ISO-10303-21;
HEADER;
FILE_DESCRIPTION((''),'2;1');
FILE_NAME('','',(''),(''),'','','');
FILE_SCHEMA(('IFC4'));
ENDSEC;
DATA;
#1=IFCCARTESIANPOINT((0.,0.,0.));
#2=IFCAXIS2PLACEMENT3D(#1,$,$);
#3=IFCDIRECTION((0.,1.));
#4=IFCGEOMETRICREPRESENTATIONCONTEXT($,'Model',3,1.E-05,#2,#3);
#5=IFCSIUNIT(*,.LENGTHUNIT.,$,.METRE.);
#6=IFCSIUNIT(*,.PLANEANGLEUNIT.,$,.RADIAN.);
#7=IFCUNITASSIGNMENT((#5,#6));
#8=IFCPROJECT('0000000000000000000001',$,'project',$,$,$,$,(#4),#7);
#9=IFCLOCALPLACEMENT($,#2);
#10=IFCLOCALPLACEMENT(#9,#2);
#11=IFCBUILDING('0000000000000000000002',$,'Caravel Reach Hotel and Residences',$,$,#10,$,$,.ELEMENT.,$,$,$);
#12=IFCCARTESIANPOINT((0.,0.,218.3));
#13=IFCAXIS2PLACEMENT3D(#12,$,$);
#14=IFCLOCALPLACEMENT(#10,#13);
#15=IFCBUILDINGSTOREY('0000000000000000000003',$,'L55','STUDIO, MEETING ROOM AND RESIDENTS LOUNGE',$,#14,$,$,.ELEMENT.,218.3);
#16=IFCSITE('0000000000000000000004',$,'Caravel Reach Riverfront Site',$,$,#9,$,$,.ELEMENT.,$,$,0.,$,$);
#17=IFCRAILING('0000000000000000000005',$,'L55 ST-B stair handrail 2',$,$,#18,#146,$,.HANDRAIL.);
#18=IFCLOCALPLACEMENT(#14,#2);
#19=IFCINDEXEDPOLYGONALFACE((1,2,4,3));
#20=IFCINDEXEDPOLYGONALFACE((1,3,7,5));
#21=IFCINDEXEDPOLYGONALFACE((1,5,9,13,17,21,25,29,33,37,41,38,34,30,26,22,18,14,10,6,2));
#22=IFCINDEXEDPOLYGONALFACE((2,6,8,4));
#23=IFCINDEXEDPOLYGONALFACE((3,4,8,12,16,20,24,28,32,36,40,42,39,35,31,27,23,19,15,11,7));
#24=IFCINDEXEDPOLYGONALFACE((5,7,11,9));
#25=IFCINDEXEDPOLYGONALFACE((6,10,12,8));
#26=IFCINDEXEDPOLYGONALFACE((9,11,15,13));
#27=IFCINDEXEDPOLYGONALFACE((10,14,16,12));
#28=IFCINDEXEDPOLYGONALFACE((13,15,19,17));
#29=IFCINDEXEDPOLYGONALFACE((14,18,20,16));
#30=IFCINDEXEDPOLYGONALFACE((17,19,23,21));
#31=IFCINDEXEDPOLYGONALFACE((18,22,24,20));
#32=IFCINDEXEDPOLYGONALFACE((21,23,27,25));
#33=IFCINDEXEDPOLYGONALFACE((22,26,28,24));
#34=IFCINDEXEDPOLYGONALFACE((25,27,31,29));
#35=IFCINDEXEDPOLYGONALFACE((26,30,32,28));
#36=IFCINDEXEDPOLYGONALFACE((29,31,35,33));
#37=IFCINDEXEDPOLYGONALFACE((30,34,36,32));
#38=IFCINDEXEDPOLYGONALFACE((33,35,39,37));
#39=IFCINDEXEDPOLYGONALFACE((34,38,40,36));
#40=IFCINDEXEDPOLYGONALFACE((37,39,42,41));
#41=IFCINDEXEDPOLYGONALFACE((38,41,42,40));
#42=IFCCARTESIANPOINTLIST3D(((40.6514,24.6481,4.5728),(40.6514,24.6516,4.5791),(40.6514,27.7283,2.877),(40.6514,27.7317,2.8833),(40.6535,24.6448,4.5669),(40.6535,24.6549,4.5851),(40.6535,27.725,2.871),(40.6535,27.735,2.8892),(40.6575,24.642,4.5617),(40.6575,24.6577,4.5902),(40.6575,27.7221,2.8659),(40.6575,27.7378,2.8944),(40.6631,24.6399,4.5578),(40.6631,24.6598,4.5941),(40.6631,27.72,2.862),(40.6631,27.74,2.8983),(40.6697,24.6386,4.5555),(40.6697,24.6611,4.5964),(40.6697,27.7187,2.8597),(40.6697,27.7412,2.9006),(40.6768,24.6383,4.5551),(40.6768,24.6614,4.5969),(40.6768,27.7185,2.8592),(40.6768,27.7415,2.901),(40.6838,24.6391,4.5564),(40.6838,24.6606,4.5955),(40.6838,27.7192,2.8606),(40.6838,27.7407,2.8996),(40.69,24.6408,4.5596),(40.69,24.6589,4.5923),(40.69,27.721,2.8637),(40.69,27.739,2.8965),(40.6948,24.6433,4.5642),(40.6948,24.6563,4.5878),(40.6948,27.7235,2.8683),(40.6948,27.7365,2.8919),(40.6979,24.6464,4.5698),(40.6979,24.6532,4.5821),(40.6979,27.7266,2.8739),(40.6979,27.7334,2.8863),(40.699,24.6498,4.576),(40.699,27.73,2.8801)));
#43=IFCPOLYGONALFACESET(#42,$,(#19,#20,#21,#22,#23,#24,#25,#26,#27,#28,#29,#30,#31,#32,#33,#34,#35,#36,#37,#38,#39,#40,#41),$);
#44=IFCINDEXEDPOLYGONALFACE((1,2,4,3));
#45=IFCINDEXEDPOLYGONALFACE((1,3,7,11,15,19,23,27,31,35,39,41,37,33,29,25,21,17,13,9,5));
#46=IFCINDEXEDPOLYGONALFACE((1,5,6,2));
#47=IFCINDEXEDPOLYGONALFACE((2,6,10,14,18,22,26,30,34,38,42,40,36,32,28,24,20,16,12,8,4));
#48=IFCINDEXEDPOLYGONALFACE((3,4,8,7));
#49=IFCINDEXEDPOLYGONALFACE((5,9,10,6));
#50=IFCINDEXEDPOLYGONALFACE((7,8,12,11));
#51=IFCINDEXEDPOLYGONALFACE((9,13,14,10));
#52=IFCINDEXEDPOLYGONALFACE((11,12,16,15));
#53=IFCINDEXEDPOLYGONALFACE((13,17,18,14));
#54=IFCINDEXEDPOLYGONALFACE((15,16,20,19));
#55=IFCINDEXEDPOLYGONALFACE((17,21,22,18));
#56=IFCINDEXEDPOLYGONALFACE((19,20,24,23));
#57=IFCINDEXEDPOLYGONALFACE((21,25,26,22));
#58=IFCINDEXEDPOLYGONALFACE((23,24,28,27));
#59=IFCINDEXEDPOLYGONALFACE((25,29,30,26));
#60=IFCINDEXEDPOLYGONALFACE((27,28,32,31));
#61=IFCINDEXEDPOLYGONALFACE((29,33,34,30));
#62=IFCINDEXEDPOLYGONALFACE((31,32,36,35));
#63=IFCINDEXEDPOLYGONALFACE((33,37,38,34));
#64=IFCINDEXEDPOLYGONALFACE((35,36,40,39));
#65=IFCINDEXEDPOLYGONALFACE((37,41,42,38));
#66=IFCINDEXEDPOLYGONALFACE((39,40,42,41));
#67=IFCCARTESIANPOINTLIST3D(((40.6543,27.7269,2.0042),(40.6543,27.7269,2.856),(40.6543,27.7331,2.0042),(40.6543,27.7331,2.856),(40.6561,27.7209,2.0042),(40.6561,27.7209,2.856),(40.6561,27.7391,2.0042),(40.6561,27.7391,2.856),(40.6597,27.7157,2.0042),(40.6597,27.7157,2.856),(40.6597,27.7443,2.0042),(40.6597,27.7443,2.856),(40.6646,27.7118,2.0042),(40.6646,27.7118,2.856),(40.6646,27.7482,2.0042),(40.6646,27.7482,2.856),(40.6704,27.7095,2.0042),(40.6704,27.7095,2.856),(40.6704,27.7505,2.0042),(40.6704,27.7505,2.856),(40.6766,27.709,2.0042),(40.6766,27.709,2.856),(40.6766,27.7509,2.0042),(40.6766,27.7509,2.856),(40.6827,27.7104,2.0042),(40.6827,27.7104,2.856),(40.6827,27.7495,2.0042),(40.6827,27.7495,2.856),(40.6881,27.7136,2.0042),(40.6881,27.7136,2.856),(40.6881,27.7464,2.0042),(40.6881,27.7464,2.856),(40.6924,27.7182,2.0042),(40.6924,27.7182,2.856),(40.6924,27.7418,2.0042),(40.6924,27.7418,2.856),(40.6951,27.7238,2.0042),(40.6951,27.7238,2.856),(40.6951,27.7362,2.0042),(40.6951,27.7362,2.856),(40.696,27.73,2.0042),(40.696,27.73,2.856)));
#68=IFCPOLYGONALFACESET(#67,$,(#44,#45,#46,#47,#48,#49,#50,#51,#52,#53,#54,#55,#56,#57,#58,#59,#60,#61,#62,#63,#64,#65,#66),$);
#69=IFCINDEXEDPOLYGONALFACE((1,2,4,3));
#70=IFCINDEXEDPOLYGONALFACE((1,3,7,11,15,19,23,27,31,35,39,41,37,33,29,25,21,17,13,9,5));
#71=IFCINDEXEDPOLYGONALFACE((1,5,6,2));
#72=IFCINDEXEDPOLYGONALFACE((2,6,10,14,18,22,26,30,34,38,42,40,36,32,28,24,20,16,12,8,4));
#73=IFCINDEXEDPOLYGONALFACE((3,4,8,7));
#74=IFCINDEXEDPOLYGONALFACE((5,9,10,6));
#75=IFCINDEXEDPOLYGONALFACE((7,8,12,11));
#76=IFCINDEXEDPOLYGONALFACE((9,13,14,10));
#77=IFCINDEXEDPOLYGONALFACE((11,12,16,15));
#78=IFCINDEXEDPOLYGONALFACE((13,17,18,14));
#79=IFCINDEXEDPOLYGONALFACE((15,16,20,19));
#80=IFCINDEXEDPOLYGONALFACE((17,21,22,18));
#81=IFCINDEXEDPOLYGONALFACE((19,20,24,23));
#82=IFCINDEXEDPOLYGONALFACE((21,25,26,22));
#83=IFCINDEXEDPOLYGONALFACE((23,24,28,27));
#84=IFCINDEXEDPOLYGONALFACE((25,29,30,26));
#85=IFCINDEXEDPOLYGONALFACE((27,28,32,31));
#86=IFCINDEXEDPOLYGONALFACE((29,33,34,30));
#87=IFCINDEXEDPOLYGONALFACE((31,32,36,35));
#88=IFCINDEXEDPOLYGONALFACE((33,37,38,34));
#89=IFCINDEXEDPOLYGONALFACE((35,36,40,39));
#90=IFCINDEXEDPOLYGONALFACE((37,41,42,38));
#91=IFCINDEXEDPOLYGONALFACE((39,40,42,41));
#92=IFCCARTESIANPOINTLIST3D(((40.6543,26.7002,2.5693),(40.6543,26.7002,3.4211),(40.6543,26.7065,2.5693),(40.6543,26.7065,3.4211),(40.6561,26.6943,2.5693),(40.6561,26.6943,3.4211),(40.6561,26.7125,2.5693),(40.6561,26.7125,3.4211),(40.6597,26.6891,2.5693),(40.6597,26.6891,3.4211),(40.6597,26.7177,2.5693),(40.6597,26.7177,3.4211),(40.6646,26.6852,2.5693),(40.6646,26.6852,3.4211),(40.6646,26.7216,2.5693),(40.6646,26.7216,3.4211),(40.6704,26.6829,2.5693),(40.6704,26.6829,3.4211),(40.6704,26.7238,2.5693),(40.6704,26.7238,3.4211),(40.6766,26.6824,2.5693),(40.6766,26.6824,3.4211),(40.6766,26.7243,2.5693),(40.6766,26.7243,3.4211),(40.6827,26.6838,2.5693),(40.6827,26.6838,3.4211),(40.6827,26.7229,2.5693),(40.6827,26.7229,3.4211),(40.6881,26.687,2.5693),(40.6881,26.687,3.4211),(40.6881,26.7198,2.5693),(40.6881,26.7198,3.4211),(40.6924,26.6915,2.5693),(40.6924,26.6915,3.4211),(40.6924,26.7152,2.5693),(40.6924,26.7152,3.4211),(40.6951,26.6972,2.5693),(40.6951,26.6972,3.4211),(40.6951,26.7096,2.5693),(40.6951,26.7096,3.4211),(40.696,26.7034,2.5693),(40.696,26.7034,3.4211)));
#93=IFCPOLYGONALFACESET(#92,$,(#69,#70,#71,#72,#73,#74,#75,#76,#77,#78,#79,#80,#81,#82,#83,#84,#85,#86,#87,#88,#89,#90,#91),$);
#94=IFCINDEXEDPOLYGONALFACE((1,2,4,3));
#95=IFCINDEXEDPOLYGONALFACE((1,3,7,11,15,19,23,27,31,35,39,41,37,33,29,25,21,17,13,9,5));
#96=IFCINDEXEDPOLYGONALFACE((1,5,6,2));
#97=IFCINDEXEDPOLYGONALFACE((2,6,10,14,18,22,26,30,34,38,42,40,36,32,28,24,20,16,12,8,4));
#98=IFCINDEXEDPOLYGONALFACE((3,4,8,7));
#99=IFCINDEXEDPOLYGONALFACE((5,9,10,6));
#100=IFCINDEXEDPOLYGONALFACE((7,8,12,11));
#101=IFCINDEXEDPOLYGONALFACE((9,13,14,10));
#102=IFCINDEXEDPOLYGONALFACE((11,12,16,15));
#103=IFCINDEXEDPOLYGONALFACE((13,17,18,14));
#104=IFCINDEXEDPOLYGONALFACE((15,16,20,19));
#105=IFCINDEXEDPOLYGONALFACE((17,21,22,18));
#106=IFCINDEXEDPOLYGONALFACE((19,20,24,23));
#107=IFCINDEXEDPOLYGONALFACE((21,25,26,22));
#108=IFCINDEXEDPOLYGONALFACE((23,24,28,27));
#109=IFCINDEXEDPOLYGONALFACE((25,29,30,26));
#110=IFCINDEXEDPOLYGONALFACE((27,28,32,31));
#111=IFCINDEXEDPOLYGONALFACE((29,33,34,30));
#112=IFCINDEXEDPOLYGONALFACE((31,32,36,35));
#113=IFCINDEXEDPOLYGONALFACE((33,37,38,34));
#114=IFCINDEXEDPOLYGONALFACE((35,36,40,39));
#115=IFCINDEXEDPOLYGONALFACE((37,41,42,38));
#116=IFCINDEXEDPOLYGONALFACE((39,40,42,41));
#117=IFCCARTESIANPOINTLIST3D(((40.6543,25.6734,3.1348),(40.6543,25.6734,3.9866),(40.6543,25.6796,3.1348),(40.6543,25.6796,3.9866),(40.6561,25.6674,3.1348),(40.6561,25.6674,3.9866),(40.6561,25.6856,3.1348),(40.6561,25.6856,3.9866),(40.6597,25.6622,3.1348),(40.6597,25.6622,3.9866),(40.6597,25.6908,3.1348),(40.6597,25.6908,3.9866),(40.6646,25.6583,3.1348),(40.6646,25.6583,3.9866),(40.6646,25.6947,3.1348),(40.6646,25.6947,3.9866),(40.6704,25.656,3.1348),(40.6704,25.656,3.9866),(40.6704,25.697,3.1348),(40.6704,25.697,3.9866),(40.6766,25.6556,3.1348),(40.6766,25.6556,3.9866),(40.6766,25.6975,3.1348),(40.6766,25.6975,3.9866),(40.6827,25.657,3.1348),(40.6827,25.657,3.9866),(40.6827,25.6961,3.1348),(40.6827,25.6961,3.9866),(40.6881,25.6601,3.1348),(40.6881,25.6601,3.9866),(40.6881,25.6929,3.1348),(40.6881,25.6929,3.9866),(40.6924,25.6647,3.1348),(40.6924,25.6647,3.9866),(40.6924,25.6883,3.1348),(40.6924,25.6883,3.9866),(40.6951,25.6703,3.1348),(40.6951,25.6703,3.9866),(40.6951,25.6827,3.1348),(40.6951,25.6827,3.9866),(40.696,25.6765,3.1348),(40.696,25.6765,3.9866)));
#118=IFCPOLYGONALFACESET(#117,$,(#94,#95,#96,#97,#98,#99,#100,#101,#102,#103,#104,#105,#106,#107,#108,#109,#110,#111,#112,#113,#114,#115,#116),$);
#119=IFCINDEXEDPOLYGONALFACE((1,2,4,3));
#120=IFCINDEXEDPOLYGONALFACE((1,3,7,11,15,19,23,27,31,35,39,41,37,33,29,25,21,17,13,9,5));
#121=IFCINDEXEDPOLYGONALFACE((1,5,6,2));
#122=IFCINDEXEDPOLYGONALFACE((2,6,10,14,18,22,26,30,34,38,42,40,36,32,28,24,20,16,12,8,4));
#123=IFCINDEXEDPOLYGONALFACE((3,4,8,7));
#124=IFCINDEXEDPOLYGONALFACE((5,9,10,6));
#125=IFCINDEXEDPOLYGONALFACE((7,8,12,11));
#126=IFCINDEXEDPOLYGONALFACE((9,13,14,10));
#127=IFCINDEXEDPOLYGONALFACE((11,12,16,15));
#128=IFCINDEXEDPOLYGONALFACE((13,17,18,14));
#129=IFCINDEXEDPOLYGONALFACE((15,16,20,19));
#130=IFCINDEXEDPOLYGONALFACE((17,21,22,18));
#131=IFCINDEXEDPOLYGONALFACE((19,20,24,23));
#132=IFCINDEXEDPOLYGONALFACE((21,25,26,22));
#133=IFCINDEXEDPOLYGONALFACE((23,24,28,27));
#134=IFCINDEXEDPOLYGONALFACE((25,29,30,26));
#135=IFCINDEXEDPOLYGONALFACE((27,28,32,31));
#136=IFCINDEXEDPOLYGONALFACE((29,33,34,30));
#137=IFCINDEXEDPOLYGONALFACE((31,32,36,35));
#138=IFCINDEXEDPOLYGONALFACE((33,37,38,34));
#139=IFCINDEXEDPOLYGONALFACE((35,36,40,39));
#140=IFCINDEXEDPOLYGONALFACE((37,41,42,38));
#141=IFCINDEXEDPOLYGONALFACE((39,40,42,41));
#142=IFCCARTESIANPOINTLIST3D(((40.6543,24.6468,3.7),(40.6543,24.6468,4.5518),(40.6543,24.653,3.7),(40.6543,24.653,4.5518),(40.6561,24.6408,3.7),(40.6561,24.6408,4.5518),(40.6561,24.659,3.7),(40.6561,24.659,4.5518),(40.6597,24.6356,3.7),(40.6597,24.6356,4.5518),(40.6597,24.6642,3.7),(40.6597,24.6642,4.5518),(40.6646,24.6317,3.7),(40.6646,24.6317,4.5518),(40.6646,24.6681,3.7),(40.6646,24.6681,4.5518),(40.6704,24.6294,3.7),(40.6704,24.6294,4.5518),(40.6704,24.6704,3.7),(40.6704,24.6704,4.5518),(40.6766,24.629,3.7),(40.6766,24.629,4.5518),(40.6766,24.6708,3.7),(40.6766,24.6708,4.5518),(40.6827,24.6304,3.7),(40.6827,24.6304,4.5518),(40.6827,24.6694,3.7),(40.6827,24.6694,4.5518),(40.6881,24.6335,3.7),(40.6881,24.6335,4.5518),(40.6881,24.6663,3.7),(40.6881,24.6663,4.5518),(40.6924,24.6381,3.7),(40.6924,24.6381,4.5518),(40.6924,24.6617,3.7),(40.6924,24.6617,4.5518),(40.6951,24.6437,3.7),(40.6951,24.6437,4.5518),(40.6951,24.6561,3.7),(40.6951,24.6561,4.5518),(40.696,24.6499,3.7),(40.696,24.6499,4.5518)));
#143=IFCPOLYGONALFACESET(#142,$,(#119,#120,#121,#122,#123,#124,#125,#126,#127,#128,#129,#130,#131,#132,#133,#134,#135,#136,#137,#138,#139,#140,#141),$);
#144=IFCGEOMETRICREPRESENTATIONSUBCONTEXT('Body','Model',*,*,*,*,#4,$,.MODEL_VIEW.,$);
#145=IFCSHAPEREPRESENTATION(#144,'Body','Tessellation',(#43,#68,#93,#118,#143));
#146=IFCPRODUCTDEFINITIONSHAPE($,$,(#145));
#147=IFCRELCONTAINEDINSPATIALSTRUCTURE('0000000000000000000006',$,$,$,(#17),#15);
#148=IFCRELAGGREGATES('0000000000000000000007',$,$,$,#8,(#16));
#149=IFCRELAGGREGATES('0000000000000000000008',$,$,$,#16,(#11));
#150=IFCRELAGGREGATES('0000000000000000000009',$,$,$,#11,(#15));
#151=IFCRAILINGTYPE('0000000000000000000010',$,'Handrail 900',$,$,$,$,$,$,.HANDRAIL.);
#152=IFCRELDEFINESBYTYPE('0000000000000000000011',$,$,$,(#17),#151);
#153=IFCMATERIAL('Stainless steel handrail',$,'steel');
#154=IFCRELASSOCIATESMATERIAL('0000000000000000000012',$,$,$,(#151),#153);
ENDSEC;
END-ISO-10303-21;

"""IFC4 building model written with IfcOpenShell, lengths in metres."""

from ifc_helpers import new_model, si_unit, direction, frame, origin, origin_2d, place, context, subcontext, project, spatial, circle, extrude, material, type_object, element, save


model = new_model("IFC4")

# Units and contexts
model_context = context("Model", 3, precision=1e-05, world=origin(), true_north=direction((0.0, 1.0)))
body_context = subcontext(model_context, "Body", "Model", "MODEL_VIEW")
ifc_project = project(units=[si_unit("LENGTHUNIT", "METRE"), si_unit("PLANEANGLEUNIT", "RADIAN")], contexts=[model_context])

# Site, building, storey
site_placement = place(None, origin())
site = spatial("IfcSite", under=ifc_project, at=site_placement, Name="Caravel Reach Riverfront Site", CompositionType="ELEMENT", RefElevation=0.0)
building_placement = place(site_placement, origin())
building = spatial("IfcBuilding", under=site, at=building_placement, Name="Caravel Reach Hotel and Residences", CompositionType="ELEMENT")
storey_placement = place(building_placement, frame((0.0, 0.0, 218.3)))
storey = spatial("IfcBuildingStorey", under=building, at=storey_placement, Name="L55", Description="STUDIO, MEETING ROOM AND RESIDENTS LOUNGE", CompositionType="ELEMENT", Elevation=218.3)

# Railing
ifc_material_1 = material(Name="Stainless steel handrail", Category="steel")
railing_type_1 = type_object("IfcRailingType", Name="Handrail 900", PredefinedType="HANDRAIL", material=ifc_material_1)
railing_1_placement = place(storey_placement, frame((40.675, 27.73, 2.0042)))
element("IfcRailing", 1, at=railing_1_placement, inside=storey, type_object=railing_type_1, Name="L55 ST-B stair handrail 2", PredefinedType="HANDRAIL", context=body_context, shape_type="SweptSolid", body=[
    extrude(circle(Radius=0.0239, at=origin_2d()), frame((0.0, 0.0, 0.876), z_axis=(0.0, -0.876005, 0.482303), x_axis=(1.0, 0.0, 0.0)), (0.0, 0.0, 1.0), 3.5161),
    extrude(circle(Radius=0.021, at=origin_2d()), origin(), (0.0, 0.0, 1.0), 0.8518),
    extrude(circle(Radius=0.021, at=origin_2d()), frame((0.0, -1.0266, 0.5652)), (0.0, 0.0, 1.0), 0.8518),
    extrude(circle(Radius=0.021, at=origin_2d()), frame((0.0, -2.0535, 1.1306)), (0.0, 0.0, 1.0), 0.8518),
    extrude(circle(Radius=0.021, at=origin_2d()), frame((0.0, -3.0801, 1.6958)), (0.0, 0.0, 1.0), 0.8518),
])

save(model, "model.ifc")
